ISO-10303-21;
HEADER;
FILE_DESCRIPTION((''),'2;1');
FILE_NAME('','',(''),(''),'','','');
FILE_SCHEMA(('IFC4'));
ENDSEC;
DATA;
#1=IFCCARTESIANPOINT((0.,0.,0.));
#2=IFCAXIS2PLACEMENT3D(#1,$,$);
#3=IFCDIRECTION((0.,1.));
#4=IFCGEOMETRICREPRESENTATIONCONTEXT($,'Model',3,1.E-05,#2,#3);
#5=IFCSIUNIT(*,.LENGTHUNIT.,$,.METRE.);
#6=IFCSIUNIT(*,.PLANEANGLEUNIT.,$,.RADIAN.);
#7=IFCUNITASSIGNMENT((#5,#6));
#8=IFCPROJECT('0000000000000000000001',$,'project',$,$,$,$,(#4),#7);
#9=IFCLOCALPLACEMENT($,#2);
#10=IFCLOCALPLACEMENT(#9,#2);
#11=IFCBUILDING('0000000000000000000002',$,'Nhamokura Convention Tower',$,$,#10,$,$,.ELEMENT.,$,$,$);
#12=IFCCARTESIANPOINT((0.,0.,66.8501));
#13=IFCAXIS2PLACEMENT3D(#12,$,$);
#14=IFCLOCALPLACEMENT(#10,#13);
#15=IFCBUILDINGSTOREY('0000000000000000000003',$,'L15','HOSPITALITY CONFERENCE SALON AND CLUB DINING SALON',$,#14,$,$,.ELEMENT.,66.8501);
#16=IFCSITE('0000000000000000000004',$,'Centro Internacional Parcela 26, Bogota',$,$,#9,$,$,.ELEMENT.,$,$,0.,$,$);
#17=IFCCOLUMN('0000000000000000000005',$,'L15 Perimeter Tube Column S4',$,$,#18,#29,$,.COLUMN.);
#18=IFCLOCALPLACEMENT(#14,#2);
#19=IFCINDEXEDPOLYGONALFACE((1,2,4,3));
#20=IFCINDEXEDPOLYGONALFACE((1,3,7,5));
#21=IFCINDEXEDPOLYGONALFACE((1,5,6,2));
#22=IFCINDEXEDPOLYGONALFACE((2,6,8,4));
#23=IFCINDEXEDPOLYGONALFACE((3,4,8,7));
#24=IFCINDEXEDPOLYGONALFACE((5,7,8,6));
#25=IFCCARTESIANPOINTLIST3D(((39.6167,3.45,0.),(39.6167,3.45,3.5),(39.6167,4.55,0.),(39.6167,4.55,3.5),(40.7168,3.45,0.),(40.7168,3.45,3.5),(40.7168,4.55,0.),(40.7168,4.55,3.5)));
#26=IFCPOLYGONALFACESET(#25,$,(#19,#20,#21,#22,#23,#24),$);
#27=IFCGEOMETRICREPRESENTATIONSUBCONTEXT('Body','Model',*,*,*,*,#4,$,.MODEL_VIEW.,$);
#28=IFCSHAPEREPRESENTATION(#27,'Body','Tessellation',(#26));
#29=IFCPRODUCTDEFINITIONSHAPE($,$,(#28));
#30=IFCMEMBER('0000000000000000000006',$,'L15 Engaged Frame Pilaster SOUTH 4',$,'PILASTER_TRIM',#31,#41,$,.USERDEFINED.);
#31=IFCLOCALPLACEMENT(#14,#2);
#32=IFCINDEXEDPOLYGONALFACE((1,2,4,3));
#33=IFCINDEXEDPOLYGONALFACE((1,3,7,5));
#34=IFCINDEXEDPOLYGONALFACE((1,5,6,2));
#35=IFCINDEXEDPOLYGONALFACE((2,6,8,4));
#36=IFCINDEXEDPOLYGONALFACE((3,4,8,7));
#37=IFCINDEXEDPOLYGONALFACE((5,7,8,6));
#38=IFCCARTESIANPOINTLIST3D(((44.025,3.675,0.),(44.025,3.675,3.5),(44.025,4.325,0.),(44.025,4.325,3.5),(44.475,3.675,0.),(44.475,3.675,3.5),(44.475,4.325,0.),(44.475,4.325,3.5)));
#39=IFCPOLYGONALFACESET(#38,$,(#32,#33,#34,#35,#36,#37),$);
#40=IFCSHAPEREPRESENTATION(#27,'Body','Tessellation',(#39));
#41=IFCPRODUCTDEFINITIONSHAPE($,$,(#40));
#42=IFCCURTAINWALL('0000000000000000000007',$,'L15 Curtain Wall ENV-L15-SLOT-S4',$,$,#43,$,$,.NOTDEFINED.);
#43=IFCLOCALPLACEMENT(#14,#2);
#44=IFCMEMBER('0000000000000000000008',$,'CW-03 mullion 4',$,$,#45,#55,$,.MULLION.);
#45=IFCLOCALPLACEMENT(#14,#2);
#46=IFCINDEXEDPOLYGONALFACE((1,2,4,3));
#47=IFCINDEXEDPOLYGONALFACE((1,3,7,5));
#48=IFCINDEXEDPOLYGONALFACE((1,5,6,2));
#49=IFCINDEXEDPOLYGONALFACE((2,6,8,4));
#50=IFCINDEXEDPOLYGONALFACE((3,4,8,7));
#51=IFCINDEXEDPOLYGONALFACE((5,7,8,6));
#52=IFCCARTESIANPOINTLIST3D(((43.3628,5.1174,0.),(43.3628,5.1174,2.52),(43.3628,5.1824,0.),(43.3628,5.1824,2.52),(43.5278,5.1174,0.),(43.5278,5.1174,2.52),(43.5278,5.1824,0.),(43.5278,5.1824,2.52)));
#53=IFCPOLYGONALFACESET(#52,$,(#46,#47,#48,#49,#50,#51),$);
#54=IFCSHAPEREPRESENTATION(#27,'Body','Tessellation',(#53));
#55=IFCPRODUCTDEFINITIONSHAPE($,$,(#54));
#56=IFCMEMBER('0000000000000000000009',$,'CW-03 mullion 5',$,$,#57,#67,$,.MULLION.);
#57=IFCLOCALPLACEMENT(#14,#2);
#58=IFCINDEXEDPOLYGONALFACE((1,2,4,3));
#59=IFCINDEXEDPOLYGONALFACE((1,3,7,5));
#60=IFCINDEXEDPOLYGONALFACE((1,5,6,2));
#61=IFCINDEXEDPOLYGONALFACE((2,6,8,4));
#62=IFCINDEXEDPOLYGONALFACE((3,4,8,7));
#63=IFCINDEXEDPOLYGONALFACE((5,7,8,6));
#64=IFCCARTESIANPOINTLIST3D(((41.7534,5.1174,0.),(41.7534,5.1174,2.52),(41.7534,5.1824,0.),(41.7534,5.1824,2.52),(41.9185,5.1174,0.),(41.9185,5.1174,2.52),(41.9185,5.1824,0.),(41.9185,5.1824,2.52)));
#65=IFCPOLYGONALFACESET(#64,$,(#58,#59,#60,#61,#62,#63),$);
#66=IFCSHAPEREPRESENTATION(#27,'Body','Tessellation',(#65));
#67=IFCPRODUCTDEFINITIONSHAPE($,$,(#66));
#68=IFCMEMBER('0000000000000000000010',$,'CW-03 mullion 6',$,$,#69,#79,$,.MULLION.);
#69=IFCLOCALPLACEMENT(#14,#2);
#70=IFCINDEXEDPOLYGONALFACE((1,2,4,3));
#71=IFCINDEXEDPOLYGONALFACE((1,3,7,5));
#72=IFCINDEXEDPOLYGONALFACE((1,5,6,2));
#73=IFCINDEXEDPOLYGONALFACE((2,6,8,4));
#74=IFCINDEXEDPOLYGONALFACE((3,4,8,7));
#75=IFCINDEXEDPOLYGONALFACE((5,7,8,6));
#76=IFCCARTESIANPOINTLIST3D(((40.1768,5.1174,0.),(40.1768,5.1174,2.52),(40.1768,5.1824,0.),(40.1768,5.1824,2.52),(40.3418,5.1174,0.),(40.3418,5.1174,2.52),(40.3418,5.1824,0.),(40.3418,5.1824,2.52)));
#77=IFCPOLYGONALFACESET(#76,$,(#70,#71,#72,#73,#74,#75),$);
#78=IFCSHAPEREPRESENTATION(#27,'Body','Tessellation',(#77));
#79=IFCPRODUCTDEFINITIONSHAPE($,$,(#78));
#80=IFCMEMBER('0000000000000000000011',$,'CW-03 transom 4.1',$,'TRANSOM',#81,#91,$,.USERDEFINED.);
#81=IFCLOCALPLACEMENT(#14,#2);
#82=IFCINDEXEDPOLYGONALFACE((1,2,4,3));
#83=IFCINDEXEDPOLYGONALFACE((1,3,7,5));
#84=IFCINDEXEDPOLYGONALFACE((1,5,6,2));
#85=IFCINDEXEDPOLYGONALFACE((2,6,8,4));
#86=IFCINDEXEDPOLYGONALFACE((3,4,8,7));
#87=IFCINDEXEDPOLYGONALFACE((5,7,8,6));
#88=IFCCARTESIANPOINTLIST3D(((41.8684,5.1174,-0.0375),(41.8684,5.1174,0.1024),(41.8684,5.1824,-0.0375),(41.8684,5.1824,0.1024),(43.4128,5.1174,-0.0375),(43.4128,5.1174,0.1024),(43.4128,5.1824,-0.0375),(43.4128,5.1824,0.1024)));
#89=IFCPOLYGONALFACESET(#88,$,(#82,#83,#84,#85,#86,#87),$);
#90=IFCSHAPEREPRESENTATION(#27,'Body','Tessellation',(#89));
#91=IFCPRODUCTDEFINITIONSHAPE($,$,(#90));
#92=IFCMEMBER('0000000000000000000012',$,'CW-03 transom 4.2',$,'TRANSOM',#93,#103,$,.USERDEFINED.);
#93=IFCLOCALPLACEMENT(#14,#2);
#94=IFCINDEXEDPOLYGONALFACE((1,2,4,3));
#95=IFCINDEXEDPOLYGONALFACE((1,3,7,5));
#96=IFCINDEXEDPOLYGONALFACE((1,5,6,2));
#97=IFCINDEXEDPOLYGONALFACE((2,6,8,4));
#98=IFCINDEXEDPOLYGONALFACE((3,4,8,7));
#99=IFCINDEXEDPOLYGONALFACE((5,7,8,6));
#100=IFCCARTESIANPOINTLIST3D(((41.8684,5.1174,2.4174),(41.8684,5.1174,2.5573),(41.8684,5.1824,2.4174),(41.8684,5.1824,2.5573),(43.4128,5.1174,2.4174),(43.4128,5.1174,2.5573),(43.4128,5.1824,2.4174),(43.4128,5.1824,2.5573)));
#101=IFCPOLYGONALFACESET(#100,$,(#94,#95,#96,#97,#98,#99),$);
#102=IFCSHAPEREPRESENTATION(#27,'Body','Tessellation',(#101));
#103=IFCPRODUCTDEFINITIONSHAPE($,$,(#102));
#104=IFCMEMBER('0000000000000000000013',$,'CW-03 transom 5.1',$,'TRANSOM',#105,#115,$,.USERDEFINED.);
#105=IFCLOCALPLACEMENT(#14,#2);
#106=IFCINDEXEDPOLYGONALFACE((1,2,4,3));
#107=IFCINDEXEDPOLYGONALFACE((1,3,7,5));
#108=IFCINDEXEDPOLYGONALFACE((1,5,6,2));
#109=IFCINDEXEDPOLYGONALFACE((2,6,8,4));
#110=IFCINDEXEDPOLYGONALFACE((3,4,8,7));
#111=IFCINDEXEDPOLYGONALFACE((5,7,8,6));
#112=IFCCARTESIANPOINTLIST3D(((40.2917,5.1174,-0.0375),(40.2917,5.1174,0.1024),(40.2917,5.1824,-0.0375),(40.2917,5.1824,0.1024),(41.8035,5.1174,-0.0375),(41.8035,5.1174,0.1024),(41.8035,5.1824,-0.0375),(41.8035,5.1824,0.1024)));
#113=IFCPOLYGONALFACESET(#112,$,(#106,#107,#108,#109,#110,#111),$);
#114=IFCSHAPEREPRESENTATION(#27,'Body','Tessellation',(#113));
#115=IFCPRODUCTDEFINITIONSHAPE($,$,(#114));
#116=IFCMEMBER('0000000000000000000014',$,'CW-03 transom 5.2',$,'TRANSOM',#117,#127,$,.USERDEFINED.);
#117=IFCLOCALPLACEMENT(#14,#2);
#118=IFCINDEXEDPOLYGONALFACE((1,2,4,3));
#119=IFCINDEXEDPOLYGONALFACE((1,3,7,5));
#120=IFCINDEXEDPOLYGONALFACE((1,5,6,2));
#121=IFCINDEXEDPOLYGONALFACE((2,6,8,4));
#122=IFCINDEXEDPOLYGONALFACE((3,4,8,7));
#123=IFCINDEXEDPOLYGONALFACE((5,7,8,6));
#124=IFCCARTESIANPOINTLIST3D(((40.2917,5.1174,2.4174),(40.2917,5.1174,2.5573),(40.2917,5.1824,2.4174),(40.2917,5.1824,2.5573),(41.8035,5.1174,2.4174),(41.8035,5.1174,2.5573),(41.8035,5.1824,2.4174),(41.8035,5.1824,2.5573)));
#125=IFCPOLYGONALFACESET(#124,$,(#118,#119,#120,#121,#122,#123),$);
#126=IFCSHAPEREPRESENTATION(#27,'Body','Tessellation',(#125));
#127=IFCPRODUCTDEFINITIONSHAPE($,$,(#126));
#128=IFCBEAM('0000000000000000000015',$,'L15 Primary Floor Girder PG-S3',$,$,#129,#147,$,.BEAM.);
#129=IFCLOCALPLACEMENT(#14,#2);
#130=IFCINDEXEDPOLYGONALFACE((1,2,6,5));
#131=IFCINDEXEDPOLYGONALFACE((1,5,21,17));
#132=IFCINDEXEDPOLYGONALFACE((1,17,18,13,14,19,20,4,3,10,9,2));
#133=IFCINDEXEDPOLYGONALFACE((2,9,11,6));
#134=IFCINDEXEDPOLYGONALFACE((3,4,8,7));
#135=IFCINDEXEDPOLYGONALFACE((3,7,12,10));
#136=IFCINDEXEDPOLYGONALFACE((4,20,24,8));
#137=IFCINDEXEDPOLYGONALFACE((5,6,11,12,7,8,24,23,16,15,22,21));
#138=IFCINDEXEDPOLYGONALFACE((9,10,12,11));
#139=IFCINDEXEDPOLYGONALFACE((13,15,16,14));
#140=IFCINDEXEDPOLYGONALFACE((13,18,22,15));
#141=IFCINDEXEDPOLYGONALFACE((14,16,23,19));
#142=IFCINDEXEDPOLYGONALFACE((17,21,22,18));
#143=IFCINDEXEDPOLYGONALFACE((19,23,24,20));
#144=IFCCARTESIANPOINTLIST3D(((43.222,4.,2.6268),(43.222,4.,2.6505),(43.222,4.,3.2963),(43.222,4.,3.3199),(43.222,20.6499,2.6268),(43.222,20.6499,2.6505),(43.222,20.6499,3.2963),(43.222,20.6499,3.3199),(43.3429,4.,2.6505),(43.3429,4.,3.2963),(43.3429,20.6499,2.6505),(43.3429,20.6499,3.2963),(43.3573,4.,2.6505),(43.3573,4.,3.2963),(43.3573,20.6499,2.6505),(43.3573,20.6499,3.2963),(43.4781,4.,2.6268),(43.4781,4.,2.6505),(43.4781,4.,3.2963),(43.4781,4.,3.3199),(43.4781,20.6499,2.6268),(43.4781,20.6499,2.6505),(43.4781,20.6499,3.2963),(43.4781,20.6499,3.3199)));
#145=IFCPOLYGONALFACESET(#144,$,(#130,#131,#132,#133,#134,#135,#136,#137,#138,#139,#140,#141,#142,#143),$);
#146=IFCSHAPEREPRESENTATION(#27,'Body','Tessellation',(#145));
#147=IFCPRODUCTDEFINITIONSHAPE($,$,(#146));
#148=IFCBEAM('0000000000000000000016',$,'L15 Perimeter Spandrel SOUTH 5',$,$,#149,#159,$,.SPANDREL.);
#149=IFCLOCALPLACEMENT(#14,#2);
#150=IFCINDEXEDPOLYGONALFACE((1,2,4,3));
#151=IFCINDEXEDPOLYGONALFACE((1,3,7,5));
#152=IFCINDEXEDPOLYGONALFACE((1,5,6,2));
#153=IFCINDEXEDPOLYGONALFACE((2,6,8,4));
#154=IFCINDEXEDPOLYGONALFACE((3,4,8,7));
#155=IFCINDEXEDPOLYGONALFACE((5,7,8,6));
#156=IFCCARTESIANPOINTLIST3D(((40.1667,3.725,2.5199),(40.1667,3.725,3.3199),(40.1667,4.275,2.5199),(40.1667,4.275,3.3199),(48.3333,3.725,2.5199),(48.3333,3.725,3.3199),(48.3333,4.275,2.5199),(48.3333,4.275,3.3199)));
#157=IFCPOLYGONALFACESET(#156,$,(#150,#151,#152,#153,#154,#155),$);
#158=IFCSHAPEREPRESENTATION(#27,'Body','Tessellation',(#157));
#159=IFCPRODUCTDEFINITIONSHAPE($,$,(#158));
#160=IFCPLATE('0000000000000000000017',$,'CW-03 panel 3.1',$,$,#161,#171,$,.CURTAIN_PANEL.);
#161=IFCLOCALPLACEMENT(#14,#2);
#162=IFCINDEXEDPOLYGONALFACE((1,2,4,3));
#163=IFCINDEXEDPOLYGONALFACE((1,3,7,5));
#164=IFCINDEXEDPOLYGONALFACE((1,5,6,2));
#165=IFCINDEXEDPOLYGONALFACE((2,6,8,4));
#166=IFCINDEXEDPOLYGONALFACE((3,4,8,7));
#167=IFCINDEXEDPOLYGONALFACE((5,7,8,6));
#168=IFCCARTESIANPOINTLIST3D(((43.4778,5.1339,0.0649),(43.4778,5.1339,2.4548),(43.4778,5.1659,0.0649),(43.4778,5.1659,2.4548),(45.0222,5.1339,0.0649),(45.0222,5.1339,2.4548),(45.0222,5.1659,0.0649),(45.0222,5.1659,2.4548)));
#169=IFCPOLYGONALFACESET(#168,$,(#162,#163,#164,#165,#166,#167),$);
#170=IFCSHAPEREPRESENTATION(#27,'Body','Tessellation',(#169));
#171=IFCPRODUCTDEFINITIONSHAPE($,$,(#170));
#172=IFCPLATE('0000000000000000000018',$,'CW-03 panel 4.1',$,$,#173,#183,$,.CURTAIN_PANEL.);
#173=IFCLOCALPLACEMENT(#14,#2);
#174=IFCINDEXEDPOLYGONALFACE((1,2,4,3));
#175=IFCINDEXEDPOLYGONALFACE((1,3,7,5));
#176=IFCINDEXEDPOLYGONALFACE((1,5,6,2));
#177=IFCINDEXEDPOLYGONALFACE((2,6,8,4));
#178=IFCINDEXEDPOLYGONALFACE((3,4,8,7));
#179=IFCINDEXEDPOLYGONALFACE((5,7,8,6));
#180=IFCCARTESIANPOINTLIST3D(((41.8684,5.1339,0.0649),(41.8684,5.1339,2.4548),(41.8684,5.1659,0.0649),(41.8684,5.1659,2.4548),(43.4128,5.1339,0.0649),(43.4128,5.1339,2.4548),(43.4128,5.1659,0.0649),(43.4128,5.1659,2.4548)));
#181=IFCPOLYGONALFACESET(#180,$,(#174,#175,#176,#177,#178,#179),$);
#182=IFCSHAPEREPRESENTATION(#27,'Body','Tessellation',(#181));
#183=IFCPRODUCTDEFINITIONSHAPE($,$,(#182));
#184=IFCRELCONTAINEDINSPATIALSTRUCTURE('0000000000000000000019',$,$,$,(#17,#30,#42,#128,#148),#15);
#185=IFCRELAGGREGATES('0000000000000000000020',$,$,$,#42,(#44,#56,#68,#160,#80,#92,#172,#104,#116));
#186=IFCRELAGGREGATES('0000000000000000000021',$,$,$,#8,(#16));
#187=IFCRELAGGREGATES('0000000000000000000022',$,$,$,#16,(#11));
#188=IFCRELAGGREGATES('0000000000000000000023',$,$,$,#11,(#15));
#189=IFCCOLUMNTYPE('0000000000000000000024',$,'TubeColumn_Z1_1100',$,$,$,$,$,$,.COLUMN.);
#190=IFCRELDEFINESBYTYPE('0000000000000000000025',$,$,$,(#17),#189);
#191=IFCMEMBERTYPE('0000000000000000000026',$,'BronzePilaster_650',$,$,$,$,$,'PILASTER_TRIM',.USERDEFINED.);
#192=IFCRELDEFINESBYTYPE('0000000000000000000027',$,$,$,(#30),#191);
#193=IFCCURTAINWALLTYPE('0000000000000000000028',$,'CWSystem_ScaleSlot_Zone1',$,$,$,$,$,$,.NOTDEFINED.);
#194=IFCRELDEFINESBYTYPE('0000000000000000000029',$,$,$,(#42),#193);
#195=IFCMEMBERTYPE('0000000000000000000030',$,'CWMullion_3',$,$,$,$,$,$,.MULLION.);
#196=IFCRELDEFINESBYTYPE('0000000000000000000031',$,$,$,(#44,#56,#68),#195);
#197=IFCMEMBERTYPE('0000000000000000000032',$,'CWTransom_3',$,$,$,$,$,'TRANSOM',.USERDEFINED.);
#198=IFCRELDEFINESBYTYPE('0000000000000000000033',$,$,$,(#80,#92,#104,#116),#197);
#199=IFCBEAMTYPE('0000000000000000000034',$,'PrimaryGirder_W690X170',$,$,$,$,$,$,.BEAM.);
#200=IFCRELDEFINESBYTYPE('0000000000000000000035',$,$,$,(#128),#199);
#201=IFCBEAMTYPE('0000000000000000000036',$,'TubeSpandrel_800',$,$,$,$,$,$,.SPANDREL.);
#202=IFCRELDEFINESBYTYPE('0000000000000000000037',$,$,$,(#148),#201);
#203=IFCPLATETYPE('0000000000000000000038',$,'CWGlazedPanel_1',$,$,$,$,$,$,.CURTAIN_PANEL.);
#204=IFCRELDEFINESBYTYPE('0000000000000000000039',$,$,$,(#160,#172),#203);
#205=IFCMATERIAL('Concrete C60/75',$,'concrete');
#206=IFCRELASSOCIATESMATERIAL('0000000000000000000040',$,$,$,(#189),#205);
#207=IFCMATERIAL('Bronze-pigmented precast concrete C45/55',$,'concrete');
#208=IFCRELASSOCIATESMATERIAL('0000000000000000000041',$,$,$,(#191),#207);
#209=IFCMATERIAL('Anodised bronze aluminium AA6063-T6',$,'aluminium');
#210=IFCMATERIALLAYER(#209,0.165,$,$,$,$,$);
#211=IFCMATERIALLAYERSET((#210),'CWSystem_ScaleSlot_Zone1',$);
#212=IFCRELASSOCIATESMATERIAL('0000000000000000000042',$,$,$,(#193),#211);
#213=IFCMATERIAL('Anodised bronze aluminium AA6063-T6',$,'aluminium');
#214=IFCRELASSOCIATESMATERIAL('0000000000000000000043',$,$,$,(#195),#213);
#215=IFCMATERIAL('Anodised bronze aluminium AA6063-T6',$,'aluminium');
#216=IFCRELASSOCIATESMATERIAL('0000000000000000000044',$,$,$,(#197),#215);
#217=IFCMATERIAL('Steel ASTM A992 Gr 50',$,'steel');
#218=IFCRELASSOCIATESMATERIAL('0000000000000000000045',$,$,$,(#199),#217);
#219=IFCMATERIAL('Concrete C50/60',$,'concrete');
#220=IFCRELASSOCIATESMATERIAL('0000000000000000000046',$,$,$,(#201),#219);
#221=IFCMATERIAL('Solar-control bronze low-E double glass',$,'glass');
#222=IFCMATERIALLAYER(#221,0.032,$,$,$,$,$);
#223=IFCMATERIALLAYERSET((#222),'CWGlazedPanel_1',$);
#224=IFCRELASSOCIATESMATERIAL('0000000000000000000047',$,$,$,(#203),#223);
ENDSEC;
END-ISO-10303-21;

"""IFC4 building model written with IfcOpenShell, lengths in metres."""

from ifc_helpers import new_model, si_unit, direction, frame, origin, origin_2d, place, context, subcontext, project, spatial, rectangle, i_section, extrude, material, layer, layer_set, material_profile, profile_set, type_object, element, aggregate, save


model = new_model("IFC4")

# Units and contexts
model_context = context("Model", 3, precision=1e-05, world=origin(), true_north=direction((0.0, 1.0)))
body_context = subcontext(model_context, "Body", "Model", "MODEL_VIEW")
ifc_project = project(units=[si_unit("LENGTHUNIT", "METRE"), si_unit("PLANEANGLEUNIT", "RADIAN")], contexts=[model_context])

# Site, building, storey
site_placement = place(None, origin())
site = spatial("IfcSite", under=ifc_project, at=site_placement, Name="Centro Internacional Parcela 26, Bogota", CompositionType="ELEMENT", RefElevation=0.0)
building_placement = place(site_placement, origin())
building = spatial("IfcBuilding", under=site, at=building_placement, Name="Nhamokura Convention Tower", CompositionType="ELEMENT")
storey_placement = place(building_placement, frame((0.0, 0.0, 66.8501)))
storey = spatial("IfcBuildingStorey", under=building, at=storey_placement, Name="L15", Description="HOSPITALITY CONFERENCE SALON AND CLUB DINING SALON", CompositionType="ELEMENT", Elevation=66.8501)

# Column
ifc_material_1 = material(Name="Concrete C60/75", Category="concrete")
ifc_material_profile_1 = material_profile(ifc_material_1, rectangle(XDim=1.1001, YDim=1.1001, at=origin_2d()))
ifc_profile_set_1 = profile_set([ifc_material_profile_1], Name="Concrete C60/75")
column_type = type_object("IfcColumnType", Name="TubeColumn_Z1_1100", PredefinedType="COLUMN", material=ifc_profile_set_1)
column_placement = place(storey_placement, frame((40.1667, 4.0, 0.0), z_axis=(0.0, 0.0, 1.0), x_axis=(1.0, 0.0, 0.0)))
element("IfcColumn", 1, at=column_placement, inside=storey, type_object=column_type, Name="L15 Perimeter Tube Column S4", PredefinedType="COLUMN", context=body_context, shape_type="SweptSolid", body=[
    extrude(rectangle(XDim=1.1001, YDim=1.1001, at=origin_2d()), origin(), (0.0, 0.0, 1.0), 3.5),
])

# Member
ifc_material_2 = material(Name="Bronze-pigmented precast concrete C45/55", Category="concrete")
ifc_material_profile_2 = material_profile(ifc_material_2, rectangle(XDim=0.45, YDim=0.6499, at=origin_2d()))
ifc_profile_set_2 = profile_set([ifc_material_profile_2], Name="Bronze-pigmented precast concrete C45/55")
member_type_1 = type_object("IfcMemberType", Name="BronzePilaster_650", ElementType="PILASTER_TRIM", PredefinedType="USERDEFINED", material=ifc_profile_set_2)
member_1_placement = place(storey_placement, frame((44.25, 4.0, 0.0), z_axis=(0.0, 0.0, 1.0), x_axis=(1.0, 0.0, 0.0)))
element("IfcMember", 2, at=member_1_placement, inside=storey, type_object=member_type_1, Name="L15 Engaged Frame Pilaster SOUTH 4", ObjectType="PILASTER_TRIM", PredefinedType="USERDEFINED", context=body_context, shape_type="SweptSolid", body=[
    extrude(rectangle(XDim=0.45, YDim=0.6499, at=origin_2d()), origin(), (0.0, 0.0, 1.0), 3.5),
])

# Curtain wall, members
ifc_material_3 = material(Name="Anodised bronze aluminium AA6063-T6", Category="aluminium")
ifc_layer_1 = layer(ifc_material_3, 0.165)
ifc_layer_set_1 = layer_set([ifc_layer_1], Name="CWSystem_ScaleSlot_Zone1")
curtain_wall_type = type_object("IfcCurtainWallType", Name="CWSystem_ScaleSlot_Zone1", PredefinedType="NOTDEFINED", material=ifc_layer_set_1)
curtain_wall_placement = place(storey_placement, origin())
curtain_wall = element("IfcCurtainWall", 3, at=curtain_wall_placement, inside=storey, type_object=curtain_wall_type, Name="L15 Curtain Wall ENV-L15-SLOT-S4", PredefinedType="NOTDEFINED")
ifc_material_4 = material(Name="Anodised bronze aluminium AA6063-T6", Category="aluminium")
ifc_material_profile_3 = material_profile(ifc_material_4, rectangle(XDim=0.0649, YDim=0.165, at=origin_2d()))
ifc_profile_set_3 = profile_set([ifc_material_profile_3], Name="Anodised bronze aluminium AA6063-T6")
member_type_2 = type_object("IfcMemberType", Name="CWMullion_3", PredefinedType="MULLION", material=ifc_profile_set_3)
member_2_placement = place(storey_placement, frame((43.4453, 5.1499, 0.0), z_axis=(0.0, 0.0, 1.0), x_axis=(0.0, -1.0, 0.0)))
member_2 = element("IfcMember", 4, at=member_2_placement, type_object=member_type_2, Name="CW-03 mullion 4", PredefinedType="MULLION", context=body_context, shape_type="SweptSolid", body=[
    extrude(rectangle(XDim=0.0649, YDim=0.165, at=origin_2d()), origin(), (0.0, 0.0, 1.0), 2.52),
])
member_3_placement = place(storey_placement, frame((41.8359, 5.1499, 0.0), z_axis=(0.0, 0.0, 1.0), x_axis=(0.0, -1.0, 0.0)))
member_3 = element("IfcMember", 5, at=member_3_placement, type_object=member_type_2, Name="CW-03 mullion 5", PredefinedType="MULLION", context=body_context, shape_type="SweptSolid", body=[
    extrude(rectangle(XDim=0.0649, YDim=0.165, at=origin_2d()), origin(), (0.0, 0.0, 1.0), 2.52),
])
member_4_placement = place(storey_placement, frame((40.2593, 5.1499, 0.0), z_axis=(0.0, 0.0, 1.0), x_axis=(0.0, -1.0, 0.0)))
member_4 = element("IfcMember", 6, at=member_4_placement, type_object=member_type_2, Name="CW-03 mullion 6", PredefinedType="MULLION", context=body_context, shape_type="SweptSolid", body=[
    extrude(rectangle(XDim=0.0649, YDim=0.165, at=origin_2d()), origin(), (0.0, 0.0, 1.0), 2.52),
])
ifc_material_5 = material(Name="Anodised bronze aluminium AA6063-T6", Category="aluminium")
ifc_material_profile_4 = material_profile(ifc_material_5, rectangle(XDim=0.0649, YDim=0.1399, at=origin_2d()))
ifc_profile_set_4 = profile_set([ifc_material_profile_4], Name="Anodised bronze aluminium AA6063-T6")
member_type_3 = type_object("IfcMemberType", Name="CWTransom_3", ElementType="TRANSOM", PredefinedType="USERDEFINED", material=ifc_profile_set_4)
member_5_placement = place(storey_placement, frame((43.4128, 5.1499, 0.0325), z_axis=(-1.0, 0.0, 0.0), x_axis=(0.0, -1.0, 0.0)))
member_5 = element("IfcMember", 7, at=member_5_placement, type_object=member_type_3, Name="CW-03 transom 4.1", ObjectType="TRANSOM", PredefinedType="USERDEFINED", context=body_context, shape_type="SweptSolid", body=[
    extrude(rectangle(XDim=0.0649, YDim=0.1399, at=origin_2d()), origin(), (0.0, 0.0, 1.0), 1.5444),
])
member_6_placement = place(storey_placement, frame((43.4128, 5.1499, 2.4873), z_axis=(-1.0, 0.0, 0.0), x_axis=(0.0, -1.0, 0.0)))
member_6 = element("IfcMember", 8, at=member_6_placement, type_object=member_type_3, Name="CW-03 transom 4.2", ObjectType="TRANSOM", PredefinedType="USERDEFINED", context=body_context, shape_type="SweptSolid", body=[
    extrude(rectangle(XDim=0.0649, YDim=0.1399, at=origin_2d()), origin(), (0.0, 0.0, 1.0), 1.5444),
])
member_7_placement = place(storey_placement, frame((41.8035, 5.1499, 0.0325), z_axis=(-1.0, 0.0, 0.0), x_axis=(0.0, -1.0, 0.0)))
member_7 = element("IfcMember", 9, at=member_7_placement, type_object=member_type_3, Name="CW-03 transom 5.1", ObjectType="TRANSOM", PredefinedType="USERDEFINED", context=body_context, shape_type="SweptSolid", body=[
    extrude(rectangle(XDim=0.0649, YDim=0.1399, at=origin_2d()), origin(), (0.0, 0.0, 1.0), 1.5117),
])
member_8_placement = place(storey_placement, frame((41.8035, 5.1499, 2.4873), z_axis=(-1.0, 0.0, 0.0), x_axis=(0.0, -1.0, 0.0)))
member_8 = element("IfcMember", 10, at=member_8_placement, type_object=member_type_3, Name="CW-03 transom 5.2", ObjectType="TRANSOM", PredefinedType="USERDEFINED", context=body_context, shape_type="SweptSolid", body=[
    extrude(rectangle(XDim=0.0649, YDim=0.1399, at=origin_2d()), origin(), (0.0, 0.0, 1.0), 1.5117),
])

# Beams
ifc_material_6 = material(Name="Steel ASTM A992 Gr 50", Category="steel")
ifc_material_profile_5 = material_profile(ifc_material_6, i_section(OverallWidth=0.2561, OverallDepth=0.6931, WebThickness=0.0144, FlangeThickness=0.0237, at=origin_2d()))
ifc_profile_set_5 = profile_set([ifc_material_profile_5], Name="Steel ASTM A992 Gr 50")
beam_type_1 = type_object("IfcBeamType", Name="PrimaryGirder_W690X170", PredefinedType="BEAM", material=ifc_profile_set_5)
beam_1_placement = place(storey_placement, frame((43.3501, 4.0, 2.9734), z_axis=(0.0, 1.0, 0.0), x_axis=(-1.0, 0.0, 0.0)))
element("IfcBeam", 11, at=beam_1_placement, inside=storey, type_object=beam_type_1, Name="L15 Primary Floor Girder PG-S3", PredefinedType="BEAM", context=body_context, shape_type="SweptSolid", body=[
    extrude(i_section(OverallWidth=0.2561, OverallDepth=0.6931, WebThickness=0.0144, FlangeThickness=0.0237, at=origin_2d()), origin(), (0.0, 0.0, 1.0), 16.6499),
])
ifc_material_7 = material(Name="Concrete C50/60", Category="concrete")
ifc_material_profile_6 = material_profile(ifc_material_7, rectangle(XDim=0.55, YDim=0.8, at=origin_2d()))
ifc_profile_set_6 = profile_set([ifc_material_profile_6], Name="Concrete C50/60")
beam_type_2 = type_object("IfcBeamType", Name="TubeSpandrel_800", PredefinedType="SPANDREL", material=ifc_profile_set_6)
beam_2_placement = place(storey_placement, frame((40.1667, 4.0, 2.9199), z_axis=(1.0, 0.0, 0.0), x_axis=(0.0, 1.0, 0.0)))
element("IfcBeam", 12, at=beam_2_placement, inside=storey, type_object=beam_type_2, Name="L15 Perimeter Spandrel SOUTH 5", PredefinedType="SPANDREL", context=body_context, shape_type="SweptSolid", body=[
    extrude(rectangle(XDim=0.55, YDim=0.8, at=origin_2d()), origin(), (0.0, 0.0, 1.0), 8.1665),
])

# Plates
ifc_material_8 = material(Name="Solar-control bronze low-E double glass", Category="glass")
ifc_layer_2 = layer(ifc_material_8, 0.032)
ifc_layer_set_2 = layer_set([ifc_layer_2], Name="CWGlazedPanel_1")
plate_type = type_object("IfcPlateType", Name="CWGlazedPanel_1", PredefinedType="CURTAIN_PANEL", material=ifc_layer_set_2)
plate_1_placement = place(storey_placement, frame((44.25, 5.1499, 0.0649), z_axis=(0.0, 0.0, 1.0), x_axis=(-1.0, 0.0, 0.0)))
plate_1 = element("IfcPlate", 13, at=plate_1_placement, type_object=plate_type, Name="CW-03 panel 3.1", PredefinedType="CURTAIN_PANEL", context=body_context, shape_type="SweptSolid", body=[
    extrude(rectangle(XDim=1.5444, YDim=0.032, at=origin_2d()), origin(), (0.0, 0.0, 1.0), 2.3899),
])
plate_2_placement = place(storey_placement, frame((42.6406, 5.1499, 0.0649), z_axis=(0.0, 0.0, 1.0), x_axis=(-1.0, 0.0, 0.0)))
plate_2 = element("IfcPlate", 14, at=plate_2_placement, type_object=plate_type, Name="CW-03 panel 4.1", PredefinedType="CURTAIN_PANEL", context=body_context, shape_type="SweptSolid", body=[
    extrude(rectangle(XDim=1.5444, YDim=0.032, at=origin_2d()), origin(), (0.0, 0.0, 1.0), 2.3899),
])
aggregate(curtain_wall, [member_2, member_3, member_4, plate_1, member_5, member_6, plate_2, member_7, member_8])

save(model, "model.ifc")
